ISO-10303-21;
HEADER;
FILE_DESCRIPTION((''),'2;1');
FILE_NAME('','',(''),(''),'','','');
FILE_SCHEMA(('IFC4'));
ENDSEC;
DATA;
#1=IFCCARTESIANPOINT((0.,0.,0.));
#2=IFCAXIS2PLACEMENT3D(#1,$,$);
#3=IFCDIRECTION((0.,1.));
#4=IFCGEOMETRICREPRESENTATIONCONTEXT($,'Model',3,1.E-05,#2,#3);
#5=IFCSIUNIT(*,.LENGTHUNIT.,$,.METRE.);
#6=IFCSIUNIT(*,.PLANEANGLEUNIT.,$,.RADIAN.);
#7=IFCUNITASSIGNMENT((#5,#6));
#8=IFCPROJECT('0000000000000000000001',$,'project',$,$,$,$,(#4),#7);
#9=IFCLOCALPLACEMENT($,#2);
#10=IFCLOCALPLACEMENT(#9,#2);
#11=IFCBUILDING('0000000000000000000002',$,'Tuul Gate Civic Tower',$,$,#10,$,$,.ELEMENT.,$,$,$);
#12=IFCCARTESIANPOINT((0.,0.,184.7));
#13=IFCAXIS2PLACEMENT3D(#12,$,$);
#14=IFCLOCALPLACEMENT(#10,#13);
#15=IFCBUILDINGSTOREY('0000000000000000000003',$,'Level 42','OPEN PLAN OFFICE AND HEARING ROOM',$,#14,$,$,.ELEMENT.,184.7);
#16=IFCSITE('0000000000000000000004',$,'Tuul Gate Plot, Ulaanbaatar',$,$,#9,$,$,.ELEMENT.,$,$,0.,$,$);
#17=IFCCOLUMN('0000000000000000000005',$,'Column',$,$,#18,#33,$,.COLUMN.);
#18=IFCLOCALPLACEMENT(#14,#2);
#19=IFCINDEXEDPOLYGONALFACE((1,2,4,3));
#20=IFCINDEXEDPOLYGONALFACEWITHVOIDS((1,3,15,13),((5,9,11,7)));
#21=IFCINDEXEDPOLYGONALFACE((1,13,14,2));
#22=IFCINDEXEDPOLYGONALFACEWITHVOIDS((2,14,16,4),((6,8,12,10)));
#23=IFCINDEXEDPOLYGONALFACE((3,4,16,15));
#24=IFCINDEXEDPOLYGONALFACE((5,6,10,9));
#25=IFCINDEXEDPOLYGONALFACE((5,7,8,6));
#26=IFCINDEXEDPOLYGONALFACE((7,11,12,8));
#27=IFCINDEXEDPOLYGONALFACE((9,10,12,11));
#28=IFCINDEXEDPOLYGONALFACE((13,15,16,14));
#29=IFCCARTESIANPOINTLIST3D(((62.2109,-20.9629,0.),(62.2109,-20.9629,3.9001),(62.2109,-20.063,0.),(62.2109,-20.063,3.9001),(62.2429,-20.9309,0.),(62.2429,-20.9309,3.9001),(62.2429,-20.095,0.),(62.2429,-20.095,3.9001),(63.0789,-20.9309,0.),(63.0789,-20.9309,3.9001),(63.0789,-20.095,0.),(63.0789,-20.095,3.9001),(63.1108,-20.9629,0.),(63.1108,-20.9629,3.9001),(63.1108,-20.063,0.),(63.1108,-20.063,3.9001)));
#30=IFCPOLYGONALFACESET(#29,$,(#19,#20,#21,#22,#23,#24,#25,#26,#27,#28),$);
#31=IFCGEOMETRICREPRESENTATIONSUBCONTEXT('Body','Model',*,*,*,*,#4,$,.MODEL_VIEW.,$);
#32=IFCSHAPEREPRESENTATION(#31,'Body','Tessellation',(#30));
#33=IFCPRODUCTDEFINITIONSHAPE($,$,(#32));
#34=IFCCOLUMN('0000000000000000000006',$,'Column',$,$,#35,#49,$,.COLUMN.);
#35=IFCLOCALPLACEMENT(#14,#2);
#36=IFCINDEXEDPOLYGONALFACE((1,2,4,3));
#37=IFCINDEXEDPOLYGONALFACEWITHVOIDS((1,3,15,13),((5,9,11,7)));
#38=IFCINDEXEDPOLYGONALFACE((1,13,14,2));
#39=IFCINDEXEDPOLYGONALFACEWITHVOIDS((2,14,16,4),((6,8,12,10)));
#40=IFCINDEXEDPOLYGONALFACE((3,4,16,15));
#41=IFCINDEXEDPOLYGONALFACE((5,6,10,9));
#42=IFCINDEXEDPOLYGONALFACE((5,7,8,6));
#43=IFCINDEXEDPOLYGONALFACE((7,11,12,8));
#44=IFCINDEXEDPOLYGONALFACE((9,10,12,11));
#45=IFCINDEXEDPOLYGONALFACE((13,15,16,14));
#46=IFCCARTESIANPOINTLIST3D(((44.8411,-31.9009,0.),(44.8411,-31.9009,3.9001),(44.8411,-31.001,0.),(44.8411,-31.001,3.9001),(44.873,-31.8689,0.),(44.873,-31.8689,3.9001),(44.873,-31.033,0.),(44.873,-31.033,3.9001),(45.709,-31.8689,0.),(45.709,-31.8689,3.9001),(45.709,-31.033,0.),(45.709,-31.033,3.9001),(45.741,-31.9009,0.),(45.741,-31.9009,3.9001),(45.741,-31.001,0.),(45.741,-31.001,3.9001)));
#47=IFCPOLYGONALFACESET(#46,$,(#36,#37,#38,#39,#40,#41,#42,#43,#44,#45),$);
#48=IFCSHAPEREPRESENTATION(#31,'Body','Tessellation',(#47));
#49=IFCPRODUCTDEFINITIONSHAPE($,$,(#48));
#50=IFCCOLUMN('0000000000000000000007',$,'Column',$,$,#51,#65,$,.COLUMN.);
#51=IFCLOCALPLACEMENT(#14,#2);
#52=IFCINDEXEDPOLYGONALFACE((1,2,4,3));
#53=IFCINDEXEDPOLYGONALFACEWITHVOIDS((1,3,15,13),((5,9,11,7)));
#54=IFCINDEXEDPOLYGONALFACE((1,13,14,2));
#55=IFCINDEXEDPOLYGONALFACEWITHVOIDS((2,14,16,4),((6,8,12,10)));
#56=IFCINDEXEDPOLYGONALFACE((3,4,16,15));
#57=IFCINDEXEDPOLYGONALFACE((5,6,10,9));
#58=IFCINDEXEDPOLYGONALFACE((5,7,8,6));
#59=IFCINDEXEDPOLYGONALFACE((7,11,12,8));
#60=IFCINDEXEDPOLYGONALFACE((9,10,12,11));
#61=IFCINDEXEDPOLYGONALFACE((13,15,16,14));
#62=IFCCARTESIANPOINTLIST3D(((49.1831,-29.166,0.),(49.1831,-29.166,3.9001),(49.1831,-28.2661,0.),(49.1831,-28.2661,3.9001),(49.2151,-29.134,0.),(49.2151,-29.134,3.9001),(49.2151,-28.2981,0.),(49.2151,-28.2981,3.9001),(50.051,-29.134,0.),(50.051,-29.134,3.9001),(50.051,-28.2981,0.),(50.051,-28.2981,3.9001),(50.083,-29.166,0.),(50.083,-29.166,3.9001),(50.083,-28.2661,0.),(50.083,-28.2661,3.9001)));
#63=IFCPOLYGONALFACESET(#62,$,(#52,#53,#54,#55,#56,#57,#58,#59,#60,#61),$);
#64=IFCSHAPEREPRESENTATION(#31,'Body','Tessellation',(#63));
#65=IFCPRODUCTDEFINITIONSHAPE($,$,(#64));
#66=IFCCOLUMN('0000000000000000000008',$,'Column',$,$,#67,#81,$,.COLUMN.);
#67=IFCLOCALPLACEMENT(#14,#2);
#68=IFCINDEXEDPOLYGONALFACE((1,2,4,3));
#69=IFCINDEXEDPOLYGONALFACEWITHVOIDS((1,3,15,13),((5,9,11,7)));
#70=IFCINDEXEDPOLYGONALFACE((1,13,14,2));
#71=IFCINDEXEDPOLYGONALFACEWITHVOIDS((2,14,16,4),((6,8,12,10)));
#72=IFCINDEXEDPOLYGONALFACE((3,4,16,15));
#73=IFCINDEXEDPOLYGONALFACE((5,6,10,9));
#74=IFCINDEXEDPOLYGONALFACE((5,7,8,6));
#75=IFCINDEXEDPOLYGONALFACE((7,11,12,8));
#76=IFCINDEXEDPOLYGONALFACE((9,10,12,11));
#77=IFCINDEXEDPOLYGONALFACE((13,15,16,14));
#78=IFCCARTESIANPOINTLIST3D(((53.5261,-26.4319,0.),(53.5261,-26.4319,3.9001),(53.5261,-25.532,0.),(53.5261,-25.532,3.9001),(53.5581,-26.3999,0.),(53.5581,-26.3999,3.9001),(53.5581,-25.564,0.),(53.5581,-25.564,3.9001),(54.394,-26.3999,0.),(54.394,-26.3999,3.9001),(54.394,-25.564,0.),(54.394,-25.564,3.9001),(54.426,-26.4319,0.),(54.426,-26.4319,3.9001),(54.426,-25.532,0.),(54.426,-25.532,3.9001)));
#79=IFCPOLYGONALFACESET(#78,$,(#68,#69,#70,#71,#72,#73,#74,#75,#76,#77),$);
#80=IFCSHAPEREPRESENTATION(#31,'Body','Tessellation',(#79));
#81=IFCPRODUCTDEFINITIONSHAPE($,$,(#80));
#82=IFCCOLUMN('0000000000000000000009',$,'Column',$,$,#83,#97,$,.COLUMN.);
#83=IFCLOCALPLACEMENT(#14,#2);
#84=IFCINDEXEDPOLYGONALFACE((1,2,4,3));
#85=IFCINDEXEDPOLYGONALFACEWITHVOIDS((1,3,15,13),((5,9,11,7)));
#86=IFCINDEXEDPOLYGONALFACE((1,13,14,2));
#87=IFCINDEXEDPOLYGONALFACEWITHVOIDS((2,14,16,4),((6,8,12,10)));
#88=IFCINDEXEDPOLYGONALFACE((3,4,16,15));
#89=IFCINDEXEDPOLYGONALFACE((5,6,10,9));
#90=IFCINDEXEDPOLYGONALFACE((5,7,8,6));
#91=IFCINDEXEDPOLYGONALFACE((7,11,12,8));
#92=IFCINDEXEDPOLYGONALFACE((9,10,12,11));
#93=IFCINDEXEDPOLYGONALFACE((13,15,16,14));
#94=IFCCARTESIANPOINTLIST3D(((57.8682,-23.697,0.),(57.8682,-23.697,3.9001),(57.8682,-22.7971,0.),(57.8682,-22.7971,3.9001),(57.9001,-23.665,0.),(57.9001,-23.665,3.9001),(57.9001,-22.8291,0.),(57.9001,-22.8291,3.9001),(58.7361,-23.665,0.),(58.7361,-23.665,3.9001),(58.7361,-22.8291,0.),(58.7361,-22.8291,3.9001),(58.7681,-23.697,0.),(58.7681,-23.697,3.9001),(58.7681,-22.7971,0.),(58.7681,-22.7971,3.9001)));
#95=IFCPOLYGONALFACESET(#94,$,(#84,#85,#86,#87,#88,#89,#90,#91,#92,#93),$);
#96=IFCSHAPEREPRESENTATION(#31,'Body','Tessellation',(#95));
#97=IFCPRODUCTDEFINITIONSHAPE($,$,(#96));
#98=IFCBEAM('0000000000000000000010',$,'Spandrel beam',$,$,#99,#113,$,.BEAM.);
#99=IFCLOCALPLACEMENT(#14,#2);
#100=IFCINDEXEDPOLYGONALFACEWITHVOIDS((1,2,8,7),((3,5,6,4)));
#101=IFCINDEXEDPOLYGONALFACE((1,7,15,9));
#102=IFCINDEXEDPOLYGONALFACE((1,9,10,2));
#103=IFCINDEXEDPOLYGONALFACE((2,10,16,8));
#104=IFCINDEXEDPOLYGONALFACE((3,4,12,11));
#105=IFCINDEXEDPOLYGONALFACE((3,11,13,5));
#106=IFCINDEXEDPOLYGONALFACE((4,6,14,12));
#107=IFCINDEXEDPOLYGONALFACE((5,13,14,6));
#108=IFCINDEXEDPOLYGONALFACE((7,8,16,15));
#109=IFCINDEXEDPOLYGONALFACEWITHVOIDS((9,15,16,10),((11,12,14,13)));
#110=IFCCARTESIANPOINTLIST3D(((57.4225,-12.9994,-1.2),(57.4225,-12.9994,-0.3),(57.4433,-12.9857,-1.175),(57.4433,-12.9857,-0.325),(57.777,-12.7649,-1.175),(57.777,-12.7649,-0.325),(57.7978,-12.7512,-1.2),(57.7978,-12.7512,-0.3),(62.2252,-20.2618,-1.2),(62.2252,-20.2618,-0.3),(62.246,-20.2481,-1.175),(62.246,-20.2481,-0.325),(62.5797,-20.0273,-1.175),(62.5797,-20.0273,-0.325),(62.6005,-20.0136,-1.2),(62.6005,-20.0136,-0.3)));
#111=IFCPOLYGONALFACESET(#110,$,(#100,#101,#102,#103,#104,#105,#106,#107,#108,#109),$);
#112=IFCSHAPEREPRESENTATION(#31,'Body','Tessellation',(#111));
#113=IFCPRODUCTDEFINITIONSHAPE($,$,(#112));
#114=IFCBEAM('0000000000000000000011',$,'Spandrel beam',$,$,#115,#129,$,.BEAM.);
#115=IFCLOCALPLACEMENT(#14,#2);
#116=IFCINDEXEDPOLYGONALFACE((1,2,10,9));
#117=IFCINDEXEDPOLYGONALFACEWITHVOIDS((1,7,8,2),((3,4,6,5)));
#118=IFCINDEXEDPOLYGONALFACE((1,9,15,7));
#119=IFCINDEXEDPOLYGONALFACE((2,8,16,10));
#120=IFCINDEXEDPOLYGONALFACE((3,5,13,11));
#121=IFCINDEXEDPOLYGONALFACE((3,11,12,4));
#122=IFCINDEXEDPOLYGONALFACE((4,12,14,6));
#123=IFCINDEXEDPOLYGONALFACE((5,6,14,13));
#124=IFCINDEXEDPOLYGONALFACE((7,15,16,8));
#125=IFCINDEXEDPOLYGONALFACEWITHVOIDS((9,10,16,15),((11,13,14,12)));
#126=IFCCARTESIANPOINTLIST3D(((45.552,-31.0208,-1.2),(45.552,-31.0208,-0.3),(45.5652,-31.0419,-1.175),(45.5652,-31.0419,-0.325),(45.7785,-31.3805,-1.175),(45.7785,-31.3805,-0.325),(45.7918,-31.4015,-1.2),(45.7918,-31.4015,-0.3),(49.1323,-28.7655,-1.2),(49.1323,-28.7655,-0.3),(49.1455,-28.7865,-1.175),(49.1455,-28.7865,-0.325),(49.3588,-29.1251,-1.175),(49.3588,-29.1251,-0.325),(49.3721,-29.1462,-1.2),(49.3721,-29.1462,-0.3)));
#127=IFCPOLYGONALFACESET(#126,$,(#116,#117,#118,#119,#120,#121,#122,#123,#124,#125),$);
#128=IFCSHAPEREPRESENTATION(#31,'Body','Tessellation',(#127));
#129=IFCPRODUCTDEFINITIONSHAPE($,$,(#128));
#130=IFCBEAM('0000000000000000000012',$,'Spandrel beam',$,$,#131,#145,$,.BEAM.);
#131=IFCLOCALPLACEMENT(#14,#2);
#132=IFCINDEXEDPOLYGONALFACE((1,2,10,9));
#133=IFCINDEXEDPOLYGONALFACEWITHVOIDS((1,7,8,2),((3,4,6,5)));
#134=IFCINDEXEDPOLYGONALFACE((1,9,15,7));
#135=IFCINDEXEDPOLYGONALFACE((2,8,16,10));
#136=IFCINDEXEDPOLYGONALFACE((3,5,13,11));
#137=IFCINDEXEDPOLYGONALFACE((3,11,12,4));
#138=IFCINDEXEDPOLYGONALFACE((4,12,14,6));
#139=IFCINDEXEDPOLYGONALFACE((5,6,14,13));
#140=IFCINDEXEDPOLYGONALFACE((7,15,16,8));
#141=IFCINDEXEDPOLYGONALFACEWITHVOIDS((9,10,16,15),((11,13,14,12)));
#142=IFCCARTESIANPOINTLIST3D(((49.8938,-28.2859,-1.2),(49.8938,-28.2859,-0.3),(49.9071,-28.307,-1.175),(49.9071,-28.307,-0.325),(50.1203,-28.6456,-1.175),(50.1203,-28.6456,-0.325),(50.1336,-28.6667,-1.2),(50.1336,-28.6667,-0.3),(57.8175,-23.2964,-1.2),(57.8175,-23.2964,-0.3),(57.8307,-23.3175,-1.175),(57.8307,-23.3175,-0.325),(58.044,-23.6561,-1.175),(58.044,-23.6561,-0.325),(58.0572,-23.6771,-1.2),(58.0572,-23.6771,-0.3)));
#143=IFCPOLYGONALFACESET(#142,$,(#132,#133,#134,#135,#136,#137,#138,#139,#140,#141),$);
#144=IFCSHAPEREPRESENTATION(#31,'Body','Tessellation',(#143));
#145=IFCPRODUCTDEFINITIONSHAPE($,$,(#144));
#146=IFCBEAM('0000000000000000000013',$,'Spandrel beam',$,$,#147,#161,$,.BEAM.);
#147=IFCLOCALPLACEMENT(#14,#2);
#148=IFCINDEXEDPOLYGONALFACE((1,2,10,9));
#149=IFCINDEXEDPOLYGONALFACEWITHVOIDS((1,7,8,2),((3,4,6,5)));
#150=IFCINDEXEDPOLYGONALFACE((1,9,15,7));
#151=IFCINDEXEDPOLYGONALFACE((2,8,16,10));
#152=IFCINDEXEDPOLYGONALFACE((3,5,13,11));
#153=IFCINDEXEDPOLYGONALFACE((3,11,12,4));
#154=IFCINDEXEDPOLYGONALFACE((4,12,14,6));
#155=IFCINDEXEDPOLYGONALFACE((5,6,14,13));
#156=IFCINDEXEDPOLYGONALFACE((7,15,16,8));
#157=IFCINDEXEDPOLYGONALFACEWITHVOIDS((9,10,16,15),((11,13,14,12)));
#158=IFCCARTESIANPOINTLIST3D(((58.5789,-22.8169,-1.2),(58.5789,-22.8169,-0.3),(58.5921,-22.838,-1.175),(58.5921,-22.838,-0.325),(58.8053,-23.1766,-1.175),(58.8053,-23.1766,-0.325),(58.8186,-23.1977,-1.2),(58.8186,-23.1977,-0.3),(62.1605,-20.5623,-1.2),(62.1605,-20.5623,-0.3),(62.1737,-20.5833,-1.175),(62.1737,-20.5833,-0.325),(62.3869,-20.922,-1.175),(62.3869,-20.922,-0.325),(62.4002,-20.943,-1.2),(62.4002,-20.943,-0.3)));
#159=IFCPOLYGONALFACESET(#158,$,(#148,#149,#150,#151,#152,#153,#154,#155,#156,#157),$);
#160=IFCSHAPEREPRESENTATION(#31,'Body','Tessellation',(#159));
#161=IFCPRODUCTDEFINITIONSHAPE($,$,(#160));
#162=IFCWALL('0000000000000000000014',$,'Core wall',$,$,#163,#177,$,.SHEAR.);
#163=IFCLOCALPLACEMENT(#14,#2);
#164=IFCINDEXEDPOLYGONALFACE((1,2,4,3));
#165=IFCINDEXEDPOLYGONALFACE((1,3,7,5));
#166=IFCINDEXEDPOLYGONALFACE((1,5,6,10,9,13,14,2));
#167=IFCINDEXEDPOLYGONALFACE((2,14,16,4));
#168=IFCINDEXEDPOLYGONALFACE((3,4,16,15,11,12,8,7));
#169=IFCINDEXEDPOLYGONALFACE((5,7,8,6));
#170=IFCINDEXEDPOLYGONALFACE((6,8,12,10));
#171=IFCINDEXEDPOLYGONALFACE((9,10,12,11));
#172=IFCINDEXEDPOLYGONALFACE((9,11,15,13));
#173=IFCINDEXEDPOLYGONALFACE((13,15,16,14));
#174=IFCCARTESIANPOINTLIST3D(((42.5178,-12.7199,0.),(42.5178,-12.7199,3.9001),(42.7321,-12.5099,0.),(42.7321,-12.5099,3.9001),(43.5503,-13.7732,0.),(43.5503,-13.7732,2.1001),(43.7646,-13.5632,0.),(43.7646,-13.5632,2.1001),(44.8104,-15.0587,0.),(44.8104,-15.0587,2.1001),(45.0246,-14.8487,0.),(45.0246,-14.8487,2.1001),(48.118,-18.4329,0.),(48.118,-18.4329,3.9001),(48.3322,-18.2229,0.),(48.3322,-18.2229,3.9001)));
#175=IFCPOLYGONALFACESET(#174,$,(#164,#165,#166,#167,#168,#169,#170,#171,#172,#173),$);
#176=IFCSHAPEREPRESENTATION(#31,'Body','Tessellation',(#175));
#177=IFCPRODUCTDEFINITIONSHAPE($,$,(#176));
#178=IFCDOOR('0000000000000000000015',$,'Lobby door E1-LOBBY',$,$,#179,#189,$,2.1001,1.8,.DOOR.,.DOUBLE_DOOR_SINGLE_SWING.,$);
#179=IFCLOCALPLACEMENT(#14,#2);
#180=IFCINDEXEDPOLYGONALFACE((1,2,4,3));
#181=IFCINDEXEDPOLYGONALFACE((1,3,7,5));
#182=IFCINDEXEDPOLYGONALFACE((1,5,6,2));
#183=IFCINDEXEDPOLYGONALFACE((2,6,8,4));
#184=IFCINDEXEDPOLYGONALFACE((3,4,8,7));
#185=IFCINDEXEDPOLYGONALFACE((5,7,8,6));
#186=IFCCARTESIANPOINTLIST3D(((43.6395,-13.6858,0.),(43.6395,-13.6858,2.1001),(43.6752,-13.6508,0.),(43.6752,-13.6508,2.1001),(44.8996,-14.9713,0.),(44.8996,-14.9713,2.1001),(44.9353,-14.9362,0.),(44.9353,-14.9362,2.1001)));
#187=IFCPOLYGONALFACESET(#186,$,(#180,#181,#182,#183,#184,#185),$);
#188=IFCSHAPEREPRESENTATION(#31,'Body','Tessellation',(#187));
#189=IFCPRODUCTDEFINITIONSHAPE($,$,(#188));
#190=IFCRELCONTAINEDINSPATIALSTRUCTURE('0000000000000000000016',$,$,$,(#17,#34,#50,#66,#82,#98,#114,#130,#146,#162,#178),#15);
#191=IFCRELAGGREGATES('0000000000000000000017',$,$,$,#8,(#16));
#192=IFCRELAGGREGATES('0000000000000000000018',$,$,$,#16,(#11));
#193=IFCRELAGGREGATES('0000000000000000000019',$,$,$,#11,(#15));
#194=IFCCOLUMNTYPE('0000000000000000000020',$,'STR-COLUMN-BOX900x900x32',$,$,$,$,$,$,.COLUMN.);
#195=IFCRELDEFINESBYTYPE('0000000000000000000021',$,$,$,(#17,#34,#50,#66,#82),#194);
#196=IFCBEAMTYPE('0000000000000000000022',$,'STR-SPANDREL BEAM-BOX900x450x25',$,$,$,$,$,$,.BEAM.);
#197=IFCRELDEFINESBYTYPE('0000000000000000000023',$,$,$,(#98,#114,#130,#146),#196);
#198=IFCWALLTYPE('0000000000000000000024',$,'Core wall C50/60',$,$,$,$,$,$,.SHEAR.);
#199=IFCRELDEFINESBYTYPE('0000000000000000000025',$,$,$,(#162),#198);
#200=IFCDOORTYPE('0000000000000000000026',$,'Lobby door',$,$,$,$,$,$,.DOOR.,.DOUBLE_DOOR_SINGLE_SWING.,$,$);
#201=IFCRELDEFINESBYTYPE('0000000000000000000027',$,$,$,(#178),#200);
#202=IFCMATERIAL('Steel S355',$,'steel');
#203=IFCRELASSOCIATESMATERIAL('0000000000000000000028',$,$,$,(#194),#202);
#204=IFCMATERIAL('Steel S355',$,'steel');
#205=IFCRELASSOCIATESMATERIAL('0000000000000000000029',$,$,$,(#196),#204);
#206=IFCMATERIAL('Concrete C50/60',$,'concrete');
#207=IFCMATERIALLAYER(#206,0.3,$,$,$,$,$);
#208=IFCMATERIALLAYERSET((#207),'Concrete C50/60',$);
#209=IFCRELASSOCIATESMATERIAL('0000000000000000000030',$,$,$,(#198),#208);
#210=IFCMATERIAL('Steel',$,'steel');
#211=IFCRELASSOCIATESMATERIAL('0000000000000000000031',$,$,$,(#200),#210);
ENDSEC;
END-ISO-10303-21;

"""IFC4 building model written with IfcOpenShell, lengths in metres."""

from ifc_helpers import new_model, si_unit, direction, frame, frame_2d, origin, origin_2d, place, context, subcontext, project, spatial, rectangle, hollow_rectangle, extrude, material, layer, layer_set, material_profile, profile_set, type_object, element, fill, save


model = new_model("IFC4")

# Units and contexts
model_context = context("Model", 3, precision=1e-05, world=origin(), true_north=direction((0.0, 1.0)))
body_context = subcontext(model_context, "Body", "Model", "MODEL_VIEW")
ifc_project = project(units=[si_unit("LENGTHUNIT", "METRE"), si_unit("PLANEANGLEUNIT", "RADIAN")], contexts=[model_context])

# Site, building, storey
site_placement = place(None, origin())
site = spatial("IfcSite", under=ifc_project, at=site_placement, Name="Tuul Gate Plot, Ulaanbaatar", CompositionType="ELEMENT", RefElevation=0.0)
building_placement = place(site_placement, origin())
building = spatial("IfcBuilding", under=site, at=building_placement, Name="Tuul Gate Civic Tower", CompositionType="ELEMENT")
storey_placement = place(building_placement, frame((0.0, 0.0, 184.7)))
storey = spatial("IfcBuildingStorey", under=building, at=storey_placement, Name="Level 42", Description="OPEN PLAN OFFICE AND HEARING ROOM", CompositionType="ELEMENT", Elevation=184.7)

# Columns
ifc_material_1 = material(Name="Steel S355", Category="steel")
ifc_material_profile_1 = material_profile(ifc_material_1, hollow_rectangle(XDim=0.8999, YDim=0.8999, WallThickness=0.032, at=origin_2d()), Name="BOX900x900x32")
ifc_profile_set_1 = profile_set([ifc_material_profile_1], Name="Steel S355")
column_type = type_object("IfcColumnType", Name="STR-COLUMN-BOX900x900x32", PredefinedType="COLUMN", material=ifc_profile_set_1)
for number, where, z_axis, x_axis, name in (
    (1, (62.6609, -20.5129, 0.0), (0.0, 0.0, 1.0), (1.0, 0.0, 0.0), "Column"),
    (2, (45.291, -31.4509, 0.0), (0.0, 0.0, 1.0), (1.0, 0.0, 0.0), "Column"),
    (3, (49.6331, -28.7161, 0.0), (0.0, 0.0, 1.0), (1.0, 0.0, 0.0), "Column"),
    (4, (53.9761, -25.9819, 0.0), (0.0, 0.0, 1.0), (1.0, 0.0, 0.0), "Column"),
    (5, (58.3181, -23.2471, 0.0), (0.0, 0.0, 1.0), (1.0, 0.0, 0.0), "Column"),
):
    element("IfcColumn", number, at=place(storey_placement, frame(where, z_axis=z_axis, x_axis=x_axis)), inside=storey, type_object=column_type, Name=name, PredefinedType="COLUMN", context=body_context, shape_type="SweptSolid", body=[
        extrude(hollow_rectangle(XDim=0.8999, YDim=0.8999, WallThickness=0.032, at=origin_2d()), origin(), (0.0, 0.0, 1.0), 3.9001),
    ])

# Beams
ifc_material_2 = material(Name="Steel S355", Category="steel")
ifc_material_profile_2 = material_profile(ifc_material_2, hollow_rectangle(XDim=0.45, YDim=0.8999, WallThickness=0.0249, at=origin_2d()), Name="BOX900x450x25")
ifc_profile_set_2 = profile_set([ifc_material_profile_2], Name="Steel S355")
beam_type = type_object("IfcBeamType", Name="STR-SPANDREL BEAM-BOX900x450x25", PredefinedType="BEAM", material=ifc_profile_set_2)
beam_1_placement = place(storey_placement, frame((62.4128, -20.1377, -0.75), z_axis=(-0.551603, 0.834107, 0.0), x_axis=(-0.834107, -0.551603, 0.0)))
element("IfcBeam", 6, at=beam_1_placement, inside=storey, type_object=beam_type, Name="Spandrel beam", PredefinedType="BEAM", context=body_context, shape_type="SweptSolid", body=[
    extrude(hollow_rectangle(XDim=0.45, YDim=0.8999, WallThickness=0.0249, at=origin_2d()), origin(), (0.0, 0.0, 1.0), 8.7068),
])
beam_2_placement = place(storey_placement, frame((45.6719, -31.2112, -0.75), z_axis=(0.846116, 0.532998, 0.0), x_axis=(-0.532998, 0.846116, 0.0)))
element("IfcBeam", 7, at=beam_2_placement, inside=storey, type_object=beam_type, Name="Spandrel beam", PredefinedType="BEAM", context=body_context, shape_type="SweptSolid", body=[
    extrude(hollow_rectangle(XDim=0.45, YDim=0.8999, WallThickness=0.0249, at=origin_2d()), origin(), (0.0, 0.0, 1.0), 4.2314),
])
beam_3_placement = place(storey_placement, frame((50.0137, -28.4763, -0.75), z_axis=(0.846205, 0.532858, 0.0), x_axis=(-0.532858, 0.846205, 0.0)))
element("IfcBeam", 8, at=beam_3_placement, inside=storey, type_object=beam_type, Name="Spandrel beam", PredefinedType="BEAM", context=body_context, shape_type="SweptSolid", body=[
    extrude(hollow_rectangle(XDim=0.45, YDim=0.8999, WallThickness=0.0249, at=origin_2d()), origin(), (0.0, 0.0, 1.0), 9.3638),
])
beam_4_placement = place(storey_placement, frame((58.6987, -23.0073, -0.75), z_axis=(0.846276, 0.532744, 0.0), x_axis=(-0.532744, 0.846276, 0.0)))
element("IfcBeam", 9, at=beam_4_placement, inside=storey, type_object=beam_type, Name="Spandrel beam", PredefinedType="BEAM", context=body_context, shape_type="SweptSolid", body=[
    extrude(hollow_rectangle(XDim=0.45, YDim=0.8999, WallThickness=0.0249, at=origin_2d()), origin(), (0.0, 0.0, 1.0), 4.2322),
])

# Wall, opening, door
ifc_material_3 = material(Name="Concrete C50/60", Category="concrete")
ifc_layer_1 = layer(ifc_material_3, 0.3)
ifc_layer_set_1 = layer_set([ifc_layer_1], Name="Concrete C50/60")
wall_type_1 = type_object("IfcWallType", Name="Core wall C50/60", PredefinedType="SHEAR", material=ifc_layer_set_1)
wall_1_placement = place(storey_placement, frame((48.2251, -18.3279, 0.0), z_axis=(0.0, 0.0, 1.0), x_axis=(-0.700022, 0.714121, 0.0)))
wall_1 = element("IfcWall", 10, at=wall_1_placement, inside=storey, type_object=wall_type_1, Name="Core wall", PredefinedType="SHEAR", context=body_context, shape_type="SweptSolid", body=[
    extrude(rectangle(XDim=8.0, YDim=0.3, at=frame_2d((4.0, 0.0))), origin(), (0.0, 0.0, 1.0), 3.9001),
])
opening_1_placement = place(wall_1_placement, frame((4.7251, 0.0, 0.0)))
opening_1 = element("IfcOpeningElement", 11, at=opening_1_placement, cuts=wall_1, PredefinedType="OPENING", context=body_context, shape_type="SweptSolid", body=[
    extrude(rectangle(XDim=1.8, YDim=2.1001, at=frame_2d((0.8999, 1.05))), frame((0.0, 0.1602, 0.0), z_axis=(0.0, -1.0, 0.0), x_axis=(1.0, 0.0, 0.0)), (0.0, 0.0, 1.0), 0.3201),
])
ifc_material_4 = material(Name="Steel", Category="steel")
door_type = type_object("IfcDoorType", Name="Lobby door", OperationType="DOUBLE_DOOR_SINGLE_SWING", PredefinedType="DOOR", material=ifc_material_4)
door_placement = place(opening_1_placement, frame((1.8, 0.0, 0.0), z_axis=(0.0, 0.0, 1.0), x_axis=(-1.0, 0.0, 0.0)))
door = element("IfcDoor", 12, at=door_placement, inside=storey, type_object=door_type, Name="Lobby door E1-LOBBY", OperationType="DOUBLE_DOOR_SINGLE_SWING", OverallHeight=2.1001, OverallWidth=1.8, PredefinedType="DOOR", context=body_context, shape_type="SweptSolid", body=[
    extrude(rectangle(XDim=1.8, YDim=2.1001, at=frame_2d((0.9001, 1.05))), frame((0.0, 0.0249, 0.0), z_axis=(0.0, -1.0, 0.0), x_axis=(1.0, 0.0, 0.0)), (0.0, 0.0, 1.0), 0.05),
])
fill(opening_1, door)

save(model, "model.ifc")
